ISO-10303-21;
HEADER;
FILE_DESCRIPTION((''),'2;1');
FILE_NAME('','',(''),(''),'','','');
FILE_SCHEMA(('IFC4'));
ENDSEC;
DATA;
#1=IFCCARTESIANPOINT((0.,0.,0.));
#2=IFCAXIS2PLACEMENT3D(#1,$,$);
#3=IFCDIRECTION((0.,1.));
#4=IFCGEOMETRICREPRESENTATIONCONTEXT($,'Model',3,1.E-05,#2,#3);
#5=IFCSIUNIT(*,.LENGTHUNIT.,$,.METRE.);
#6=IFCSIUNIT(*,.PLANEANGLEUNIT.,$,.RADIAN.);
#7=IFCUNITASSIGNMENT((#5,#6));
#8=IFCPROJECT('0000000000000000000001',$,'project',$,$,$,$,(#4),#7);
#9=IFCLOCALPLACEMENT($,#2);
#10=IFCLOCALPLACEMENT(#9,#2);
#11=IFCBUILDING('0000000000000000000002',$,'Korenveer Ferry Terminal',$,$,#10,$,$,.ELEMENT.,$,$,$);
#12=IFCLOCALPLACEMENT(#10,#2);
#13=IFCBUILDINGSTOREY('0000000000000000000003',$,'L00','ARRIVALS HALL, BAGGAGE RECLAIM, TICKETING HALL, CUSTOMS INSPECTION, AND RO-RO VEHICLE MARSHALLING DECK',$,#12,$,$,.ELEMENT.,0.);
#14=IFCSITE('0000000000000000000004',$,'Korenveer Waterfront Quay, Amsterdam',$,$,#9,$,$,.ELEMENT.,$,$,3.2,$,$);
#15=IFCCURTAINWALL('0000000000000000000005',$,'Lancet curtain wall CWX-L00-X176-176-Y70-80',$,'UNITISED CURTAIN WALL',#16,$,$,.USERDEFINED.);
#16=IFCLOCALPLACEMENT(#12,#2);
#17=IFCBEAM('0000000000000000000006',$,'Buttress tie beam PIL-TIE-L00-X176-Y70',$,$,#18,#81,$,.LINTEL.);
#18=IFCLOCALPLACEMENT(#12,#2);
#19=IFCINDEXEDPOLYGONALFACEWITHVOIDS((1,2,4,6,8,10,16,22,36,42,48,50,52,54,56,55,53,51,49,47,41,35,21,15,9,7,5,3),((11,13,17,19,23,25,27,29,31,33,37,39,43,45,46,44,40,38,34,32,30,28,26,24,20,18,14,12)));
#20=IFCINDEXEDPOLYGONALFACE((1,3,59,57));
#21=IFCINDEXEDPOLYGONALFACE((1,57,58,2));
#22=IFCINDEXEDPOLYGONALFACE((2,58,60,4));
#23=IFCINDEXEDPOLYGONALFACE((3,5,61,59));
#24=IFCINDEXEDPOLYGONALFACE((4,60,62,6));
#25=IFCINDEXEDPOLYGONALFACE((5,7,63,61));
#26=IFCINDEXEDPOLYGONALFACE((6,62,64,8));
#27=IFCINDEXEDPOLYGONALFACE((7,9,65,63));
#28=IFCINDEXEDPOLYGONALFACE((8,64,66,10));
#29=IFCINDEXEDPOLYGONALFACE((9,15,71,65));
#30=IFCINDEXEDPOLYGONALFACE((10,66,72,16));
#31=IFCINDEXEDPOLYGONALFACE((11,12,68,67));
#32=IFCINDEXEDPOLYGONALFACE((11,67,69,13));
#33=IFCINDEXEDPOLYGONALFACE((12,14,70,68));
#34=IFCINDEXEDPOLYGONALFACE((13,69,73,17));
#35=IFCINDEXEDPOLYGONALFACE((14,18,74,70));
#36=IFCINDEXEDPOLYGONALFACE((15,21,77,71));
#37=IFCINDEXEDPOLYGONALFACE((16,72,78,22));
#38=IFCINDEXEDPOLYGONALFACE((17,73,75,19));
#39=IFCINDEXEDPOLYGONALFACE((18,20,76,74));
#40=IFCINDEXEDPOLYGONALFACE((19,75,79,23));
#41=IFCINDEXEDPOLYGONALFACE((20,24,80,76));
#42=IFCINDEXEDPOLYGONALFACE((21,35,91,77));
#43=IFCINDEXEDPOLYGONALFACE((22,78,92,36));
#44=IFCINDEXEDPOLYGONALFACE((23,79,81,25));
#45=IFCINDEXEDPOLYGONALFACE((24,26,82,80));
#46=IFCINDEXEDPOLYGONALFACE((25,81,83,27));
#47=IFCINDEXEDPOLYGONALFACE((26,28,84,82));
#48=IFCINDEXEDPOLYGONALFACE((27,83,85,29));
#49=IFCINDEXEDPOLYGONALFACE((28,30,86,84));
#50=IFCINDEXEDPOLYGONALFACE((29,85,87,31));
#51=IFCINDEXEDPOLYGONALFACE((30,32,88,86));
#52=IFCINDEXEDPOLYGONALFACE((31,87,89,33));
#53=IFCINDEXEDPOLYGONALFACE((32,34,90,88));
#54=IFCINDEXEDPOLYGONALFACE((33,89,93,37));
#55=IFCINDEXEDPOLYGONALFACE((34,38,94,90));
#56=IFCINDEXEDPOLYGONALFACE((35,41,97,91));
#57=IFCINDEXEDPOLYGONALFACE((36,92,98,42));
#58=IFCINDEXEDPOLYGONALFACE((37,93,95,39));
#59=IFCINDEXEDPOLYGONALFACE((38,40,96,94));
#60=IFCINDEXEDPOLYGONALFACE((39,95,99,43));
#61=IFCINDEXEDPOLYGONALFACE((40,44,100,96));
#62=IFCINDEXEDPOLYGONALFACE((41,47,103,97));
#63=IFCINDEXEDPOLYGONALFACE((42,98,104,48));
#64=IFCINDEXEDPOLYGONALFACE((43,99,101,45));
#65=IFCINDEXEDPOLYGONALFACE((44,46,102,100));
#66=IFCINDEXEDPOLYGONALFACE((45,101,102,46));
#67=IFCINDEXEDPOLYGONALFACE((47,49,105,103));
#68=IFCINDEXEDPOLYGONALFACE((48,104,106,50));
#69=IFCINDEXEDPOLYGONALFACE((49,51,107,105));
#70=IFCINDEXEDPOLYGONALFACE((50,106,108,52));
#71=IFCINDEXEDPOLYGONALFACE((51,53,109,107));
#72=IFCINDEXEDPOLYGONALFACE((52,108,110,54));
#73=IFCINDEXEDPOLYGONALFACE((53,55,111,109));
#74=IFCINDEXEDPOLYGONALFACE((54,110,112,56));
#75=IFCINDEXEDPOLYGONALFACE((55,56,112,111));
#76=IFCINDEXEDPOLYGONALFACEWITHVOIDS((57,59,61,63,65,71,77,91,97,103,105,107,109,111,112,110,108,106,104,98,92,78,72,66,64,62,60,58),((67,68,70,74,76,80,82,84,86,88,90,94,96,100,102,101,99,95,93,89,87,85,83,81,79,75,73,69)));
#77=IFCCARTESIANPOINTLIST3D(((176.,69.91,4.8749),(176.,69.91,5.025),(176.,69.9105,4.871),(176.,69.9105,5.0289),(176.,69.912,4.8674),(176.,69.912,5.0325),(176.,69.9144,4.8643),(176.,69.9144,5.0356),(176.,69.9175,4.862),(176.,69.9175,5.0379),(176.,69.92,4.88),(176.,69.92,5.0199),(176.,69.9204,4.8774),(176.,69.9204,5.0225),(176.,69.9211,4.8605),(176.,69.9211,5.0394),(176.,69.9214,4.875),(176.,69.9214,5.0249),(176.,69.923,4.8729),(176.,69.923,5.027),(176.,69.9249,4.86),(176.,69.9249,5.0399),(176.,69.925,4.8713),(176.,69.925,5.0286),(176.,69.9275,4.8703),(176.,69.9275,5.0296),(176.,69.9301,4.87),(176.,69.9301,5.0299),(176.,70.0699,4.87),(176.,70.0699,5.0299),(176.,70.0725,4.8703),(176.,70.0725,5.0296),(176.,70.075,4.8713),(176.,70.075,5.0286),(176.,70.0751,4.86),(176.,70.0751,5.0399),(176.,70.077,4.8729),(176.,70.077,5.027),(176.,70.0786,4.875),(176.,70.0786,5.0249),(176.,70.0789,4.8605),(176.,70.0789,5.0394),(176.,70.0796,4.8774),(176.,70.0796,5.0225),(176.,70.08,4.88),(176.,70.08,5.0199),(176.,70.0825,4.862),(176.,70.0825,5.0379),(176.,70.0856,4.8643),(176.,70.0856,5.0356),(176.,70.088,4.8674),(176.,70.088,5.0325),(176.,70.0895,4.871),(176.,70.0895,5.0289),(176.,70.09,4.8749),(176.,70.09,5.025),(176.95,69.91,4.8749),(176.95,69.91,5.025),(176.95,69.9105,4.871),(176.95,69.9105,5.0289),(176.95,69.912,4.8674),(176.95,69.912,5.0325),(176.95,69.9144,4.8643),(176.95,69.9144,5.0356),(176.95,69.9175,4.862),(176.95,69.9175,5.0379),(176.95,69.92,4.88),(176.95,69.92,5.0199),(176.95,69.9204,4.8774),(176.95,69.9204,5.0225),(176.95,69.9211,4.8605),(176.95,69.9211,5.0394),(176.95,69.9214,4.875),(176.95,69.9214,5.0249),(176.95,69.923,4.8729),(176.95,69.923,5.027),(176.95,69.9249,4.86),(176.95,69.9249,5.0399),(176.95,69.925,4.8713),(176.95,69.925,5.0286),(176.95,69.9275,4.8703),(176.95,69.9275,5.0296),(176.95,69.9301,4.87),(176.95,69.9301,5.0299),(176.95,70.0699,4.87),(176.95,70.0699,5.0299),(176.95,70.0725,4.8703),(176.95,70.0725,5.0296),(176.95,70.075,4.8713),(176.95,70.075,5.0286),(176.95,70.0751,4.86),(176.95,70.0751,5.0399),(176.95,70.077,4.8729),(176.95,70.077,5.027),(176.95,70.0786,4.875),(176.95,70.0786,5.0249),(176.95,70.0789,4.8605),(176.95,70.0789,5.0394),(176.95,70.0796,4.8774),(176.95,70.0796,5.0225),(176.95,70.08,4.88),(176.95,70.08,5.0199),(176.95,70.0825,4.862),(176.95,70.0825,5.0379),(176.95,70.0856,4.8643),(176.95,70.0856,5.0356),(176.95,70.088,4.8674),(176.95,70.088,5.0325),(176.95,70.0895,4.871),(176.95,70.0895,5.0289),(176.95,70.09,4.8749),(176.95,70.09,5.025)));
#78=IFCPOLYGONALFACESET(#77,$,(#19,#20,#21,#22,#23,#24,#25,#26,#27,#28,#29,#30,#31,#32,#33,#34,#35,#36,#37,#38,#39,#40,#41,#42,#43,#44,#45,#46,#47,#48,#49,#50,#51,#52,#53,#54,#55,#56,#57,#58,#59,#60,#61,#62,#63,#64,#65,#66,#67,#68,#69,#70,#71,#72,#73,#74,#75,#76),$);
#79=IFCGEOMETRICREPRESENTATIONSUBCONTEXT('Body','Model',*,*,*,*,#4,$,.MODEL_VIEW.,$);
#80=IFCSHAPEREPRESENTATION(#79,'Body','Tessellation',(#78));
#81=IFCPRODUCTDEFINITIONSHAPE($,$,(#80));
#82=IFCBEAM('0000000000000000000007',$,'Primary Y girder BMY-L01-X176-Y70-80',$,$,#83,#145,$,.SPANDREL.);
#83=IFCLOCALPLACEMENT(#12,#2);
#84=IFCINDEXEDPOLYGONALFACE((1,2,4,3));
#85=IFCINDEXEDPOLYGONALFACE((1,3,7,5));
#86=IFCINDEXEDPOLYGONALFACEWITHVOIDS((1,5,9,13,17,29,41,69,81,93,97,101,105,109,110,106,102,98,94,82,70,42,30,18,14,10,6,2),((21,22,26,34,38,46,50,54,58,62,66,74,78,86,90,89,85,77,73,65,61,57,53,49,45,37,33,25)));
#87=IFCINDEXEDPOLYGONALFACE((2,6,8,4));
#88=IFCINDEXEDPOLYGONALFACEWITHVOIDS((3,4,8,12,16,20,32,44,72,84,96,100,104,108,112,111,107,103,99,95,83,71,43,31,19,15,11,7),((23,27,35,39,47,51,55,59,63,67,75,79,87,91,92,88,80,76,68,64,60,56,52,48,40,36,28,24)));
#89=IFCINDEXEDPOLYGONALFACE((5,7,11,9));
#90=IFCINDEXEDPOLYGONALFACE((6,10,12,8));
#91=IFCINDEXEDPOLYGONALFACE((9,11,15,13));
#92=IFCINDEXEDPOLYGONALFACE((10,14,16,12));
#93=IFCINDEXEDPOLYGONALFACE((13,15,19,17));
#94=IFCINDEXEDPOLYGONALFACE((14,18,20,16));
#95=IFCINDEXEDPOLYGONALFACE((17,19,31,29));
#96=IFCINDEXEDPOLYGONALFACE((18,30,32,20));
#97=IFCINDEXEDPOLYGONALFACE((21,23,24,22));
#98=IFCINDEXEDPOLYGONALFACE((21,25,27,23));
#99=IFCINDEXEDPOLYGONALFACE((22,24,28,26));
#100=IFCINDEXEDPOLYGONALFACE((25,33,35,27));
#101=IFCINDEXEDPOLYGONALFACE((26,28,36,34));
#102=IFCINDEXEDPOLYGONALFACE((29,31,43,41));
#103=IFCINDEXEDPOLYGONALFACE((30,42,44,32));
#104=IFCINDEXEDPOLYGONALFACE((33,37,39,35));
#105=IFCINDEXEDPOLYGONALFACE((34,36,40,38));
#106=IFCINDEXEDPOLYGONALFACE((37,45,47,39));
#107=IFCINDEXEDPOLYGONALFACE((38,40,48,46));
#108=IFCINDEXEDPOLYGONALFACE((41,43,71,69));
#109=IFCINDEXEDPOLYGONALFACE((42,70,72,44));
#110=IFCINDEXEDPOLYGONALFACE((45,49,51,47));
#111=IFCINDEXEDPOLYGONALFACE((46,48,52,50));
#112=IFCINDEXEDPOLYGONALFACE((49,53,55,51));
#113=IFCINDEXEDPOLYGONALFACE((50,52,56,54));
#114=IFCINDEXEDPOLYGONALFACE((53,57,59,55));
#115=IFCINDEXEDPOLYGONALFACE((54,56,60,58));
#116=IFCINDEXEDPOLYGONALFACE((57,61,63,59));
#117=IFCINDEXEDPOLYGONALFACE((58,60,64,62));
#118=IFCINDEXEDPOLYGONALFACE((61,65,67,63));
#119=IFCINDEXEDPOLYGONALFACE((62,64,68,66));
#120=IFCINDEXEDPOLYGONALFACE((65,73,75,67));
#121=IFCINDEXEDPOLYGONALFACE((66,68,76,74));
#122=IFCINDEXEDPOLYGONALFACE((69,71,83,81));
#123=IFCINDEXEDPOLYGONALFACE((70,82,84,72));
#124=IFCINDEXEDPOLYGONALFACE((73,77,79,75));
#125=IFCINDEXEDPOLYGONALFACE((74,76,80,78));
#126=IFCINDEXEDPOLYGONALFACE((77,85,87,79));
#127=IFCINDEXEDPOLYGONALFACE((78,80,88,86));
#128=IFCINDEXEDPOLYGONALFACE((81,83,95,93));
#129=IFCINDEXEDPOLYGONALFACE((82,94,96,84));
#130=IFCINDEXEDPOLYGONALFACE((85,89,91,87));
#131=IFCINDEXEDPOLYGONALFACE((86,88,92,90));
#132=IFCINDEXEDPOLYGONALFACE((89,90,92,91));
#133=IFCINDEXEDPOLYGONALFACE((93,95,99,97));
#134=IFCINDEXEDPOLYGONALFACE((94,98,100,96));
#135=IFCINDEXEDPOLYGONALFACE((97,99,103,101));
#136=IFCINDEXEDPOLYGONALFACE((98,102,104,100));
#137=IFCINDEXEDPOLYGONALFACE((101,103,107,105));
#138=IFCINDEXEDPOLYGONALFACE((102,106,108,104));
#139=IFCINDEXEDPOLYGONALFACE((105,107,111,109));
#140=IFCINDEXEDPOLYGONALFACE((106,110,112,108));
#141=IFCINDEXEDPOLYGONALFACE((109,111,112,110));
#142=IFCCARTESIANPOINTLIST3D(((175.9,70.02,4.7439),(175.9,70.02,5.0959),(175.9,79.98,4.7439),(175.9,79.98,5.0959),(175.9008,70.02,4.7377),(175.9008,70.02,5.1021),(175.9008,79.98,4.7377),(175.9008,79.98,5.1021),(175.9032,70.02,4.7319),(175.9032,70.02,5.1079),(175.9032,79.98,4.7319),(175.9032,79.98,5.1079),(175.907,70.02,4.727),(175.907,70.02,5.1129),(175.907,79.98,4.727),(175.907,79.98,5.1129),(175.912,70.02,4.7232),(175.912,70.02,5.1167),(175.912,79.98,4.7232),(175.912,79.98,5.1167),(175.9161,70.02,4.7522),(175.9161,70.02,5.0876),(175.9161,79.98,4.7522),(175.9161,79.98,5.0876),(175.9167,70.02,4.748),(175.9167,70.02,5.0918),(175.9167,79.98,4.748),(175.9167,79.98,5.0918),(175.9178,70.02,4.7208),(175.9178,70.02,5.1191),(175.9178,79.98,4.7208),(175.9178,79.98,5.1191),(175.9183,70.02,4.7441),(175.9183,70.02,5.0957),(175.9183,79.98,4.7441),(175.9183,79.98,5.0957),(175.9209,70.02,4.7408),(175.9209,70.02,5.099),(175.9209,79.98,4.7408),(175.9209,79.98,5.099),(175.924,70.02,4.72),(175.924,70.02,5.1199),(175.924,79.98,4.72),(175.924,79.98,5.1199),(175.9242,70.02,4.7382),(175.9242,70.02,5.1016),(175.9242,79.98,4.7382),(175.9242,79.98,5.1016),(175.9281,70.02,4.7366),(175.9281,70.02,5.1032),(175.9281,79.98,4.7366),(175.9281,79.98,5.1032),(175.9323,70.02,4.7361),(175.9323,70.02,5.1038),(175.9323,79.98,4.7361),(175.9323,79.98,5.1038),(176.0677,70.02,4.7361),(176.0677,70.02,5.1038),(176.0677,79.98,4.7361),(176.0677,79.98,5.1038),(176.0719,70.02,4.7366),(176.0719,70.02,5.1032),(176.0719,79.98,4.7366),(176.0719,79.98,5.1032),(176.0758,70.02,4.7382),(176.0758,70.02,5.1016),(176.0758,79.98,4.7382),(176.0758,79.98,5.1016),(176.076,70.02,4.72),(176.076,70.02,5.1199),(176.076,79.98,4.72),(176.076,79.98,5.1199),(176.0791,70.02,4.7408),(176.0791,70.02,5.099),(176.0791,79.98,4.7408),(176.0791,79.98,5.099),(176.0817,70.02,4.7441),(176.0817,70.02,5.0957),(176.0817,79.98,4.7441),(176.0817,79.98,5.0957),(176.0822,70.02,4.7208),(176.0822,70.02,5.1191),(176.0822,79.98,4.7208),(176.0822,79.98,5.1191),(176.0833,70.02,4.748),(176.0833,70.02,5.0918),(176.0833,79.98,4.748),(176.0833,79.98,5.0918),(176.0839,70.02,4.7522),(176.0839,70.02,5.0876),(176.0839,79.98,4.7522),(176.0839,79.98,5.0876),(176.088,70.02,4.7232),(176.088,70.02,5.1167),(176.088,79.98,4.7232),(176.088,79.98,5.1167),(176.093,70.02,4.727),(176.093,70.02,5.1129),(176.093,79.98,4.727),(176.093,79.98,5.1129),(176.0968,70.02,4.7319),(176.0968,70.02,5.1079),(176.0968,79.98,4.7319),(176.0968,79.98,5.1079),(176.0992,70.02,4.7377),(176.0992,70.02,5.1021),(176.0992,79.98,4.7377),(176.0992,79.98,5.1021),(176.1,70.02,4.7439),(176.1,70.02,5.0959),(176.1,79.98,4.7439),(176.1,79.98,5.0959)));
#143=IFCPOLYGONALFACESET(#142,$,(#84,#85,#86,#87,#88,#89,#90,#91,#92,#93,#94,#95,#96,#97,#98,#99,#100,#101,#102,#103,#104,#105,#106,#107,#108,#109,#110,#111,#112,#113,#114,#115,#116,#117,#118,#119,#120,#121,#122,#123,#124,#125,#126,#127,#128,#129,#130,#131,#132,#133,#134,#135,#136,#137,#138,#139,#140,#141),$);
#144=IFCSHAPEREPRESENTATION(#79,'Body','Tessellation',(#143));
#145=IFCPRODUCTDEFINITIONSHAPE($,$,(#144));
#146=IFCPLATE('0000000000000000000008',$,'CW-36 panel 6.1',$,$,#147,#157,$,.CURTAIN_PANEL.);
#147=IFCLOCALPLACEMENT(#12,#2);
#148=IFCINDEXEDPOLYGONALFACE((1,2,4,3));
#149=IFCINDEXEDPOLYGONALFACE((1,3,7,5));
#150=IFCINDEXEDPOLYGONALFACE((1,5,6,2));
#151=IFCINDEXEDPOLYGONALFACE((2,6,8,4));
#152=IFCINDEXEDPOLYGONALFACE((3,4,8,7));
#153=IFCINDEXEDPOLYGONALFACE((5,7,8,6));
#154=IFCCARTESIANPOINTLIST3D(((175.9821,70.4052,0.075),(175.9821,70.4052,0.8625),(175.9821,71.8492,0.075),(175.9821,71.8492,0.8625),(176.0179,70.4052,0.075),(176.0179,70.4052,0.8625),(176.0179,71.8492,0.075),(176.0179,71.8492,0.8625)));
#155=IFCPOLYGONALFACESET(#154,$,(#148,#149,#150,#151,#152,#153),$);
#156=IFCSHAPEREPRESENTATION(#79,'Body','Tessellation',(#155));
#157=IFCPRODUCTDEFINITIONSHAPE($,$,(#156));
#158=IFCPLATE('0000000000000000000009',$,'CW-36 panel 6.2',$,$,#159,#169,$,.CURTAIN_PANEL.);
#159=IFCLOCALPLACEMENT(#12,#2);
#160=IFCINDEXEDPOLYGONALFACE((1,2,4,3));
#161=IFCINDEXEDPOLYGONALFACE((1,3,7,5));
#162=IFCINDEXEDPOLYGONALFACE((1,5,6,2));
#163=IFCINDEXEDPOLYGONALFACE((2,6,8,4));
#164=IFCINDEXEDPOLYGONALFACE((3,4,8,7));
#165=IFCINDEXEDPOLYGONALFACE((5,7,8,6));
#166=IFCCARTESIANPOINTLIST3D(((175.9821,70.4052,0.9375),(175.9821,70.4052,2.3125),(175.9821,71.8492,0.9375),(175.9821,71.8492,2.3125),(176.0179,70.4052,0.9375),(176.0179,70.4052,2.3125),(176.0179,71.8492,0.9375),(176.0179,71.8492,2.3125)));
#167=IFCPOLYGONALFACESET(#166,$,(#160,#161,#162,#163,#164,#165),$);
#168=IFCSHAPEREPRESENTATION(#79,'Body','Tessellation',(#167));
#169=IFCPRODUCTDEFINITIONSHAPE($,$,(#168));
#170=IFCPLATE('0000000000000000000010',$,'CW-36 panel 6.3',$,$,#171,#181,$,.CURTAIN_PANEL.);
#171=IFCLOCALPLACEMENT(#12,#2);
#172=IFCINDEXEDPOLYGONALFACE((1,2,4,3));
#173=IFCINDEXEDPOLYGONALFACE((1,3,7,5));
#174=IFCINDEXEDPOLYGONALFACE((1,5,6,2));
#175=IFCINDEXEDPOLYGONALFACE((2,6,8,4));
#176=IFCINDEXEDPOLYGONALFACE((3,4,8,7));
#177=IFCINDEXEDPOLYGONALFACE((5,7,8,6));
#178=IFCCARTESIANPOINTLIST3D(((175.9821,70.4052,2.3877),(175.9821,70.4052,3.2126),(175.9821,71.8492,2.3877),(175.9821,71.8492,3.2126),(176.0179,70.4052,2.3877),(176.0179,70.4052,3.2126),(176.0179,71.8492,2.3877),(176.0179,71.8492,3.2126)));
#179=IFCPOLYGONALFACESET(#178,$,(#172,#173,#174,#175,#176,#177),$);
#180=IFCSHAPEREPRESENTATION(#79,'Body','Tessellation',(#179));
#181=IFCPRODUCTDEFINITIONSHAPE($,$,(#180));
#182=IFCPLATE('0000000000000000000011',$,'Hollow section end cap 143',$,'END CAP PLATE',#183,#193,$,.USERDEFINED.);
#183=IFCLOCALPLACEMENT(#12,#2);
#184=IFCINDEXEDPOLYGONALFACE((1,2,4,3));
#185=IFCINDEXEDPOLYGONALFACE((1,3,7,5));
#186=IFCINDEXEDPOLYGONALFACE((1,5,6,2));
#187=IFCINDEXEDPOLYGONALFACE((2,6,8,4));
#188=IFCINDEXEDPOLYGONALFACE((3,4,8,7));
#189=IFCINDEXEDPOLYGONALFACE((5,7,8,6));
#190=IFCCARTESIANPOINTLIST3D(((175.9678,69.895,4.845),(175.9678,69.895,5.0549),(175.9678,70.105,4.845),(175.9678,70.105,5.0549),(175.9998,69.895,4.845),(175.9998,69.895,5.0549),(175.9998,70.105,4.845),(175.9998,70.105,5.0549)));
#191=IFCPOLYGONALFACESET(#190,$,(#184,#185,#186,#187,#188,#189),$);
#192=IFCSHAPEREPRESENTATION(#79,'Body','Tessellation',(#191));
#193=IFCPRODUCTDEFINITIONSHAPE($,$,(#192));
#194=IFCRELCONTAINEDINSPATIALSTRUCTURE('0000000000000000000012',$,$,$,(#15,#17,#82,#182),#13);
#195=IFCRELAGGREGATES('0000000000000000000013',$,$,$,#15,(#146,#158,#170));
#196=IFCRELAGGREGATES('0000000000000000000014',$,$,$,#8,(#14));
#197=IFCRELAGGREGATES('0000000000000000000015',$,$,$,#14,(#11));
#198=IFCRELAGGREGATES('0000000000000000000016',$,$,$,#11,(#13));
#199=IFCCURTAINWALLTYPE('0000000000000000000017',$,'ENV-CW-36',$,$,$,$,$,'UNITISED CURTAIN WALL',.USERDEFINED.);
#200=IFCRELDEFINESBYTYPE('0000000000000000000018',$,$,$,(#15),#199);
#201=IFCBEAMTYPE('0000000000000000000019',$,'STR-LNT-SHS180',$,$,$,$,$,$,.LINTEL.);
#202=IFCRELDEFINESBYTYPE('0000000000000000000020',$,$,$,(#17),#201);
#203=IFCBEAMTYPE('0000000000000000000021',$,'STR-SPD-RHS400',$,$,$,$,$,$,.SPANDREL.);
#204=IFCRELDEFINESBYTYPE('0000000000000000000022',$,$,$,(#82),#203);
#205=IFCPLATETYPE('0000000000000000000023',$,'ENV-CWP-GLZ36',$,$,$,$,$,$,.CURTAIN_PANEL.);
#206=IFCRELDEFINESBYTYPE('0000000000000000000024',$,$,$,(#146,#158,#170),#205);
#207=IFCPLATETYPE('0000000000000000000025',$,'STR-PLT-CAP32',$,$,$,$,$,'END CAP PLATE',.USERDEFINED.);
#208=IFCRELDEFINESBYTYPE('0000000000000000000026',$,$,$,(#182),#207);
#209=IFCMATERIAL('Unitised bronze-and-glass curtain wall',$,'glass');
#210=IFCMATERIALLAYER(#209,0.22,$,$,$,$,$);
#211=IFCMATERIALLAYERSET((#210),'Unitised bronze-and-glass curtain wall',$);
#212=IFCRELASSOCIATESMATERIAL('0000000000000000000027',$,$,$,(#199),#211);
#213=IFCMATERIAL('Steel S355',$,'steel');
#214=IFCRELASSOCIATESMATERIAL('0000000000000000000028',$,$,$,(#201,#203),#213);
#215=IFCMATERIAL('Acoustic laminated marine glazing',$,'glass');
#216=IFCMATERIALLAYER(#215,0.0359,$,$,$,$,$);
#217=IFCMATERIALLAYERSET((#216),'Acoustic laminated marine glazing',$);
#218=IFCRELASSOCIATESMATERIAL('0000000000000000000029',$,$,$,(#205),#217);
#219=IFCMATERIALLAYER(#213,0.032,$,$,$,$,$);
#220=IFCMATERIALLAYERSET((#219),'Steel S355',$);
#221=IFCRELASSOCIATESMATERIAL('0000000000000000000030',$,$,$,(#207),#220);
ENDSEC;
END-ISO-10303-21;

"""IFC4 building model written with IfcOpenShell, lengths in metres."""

from ifc_helpers import new_model, si_unit, direction, frame, origin, origin_2d, place, context, subcontext, project, spatial, rectangle, hollow_rectangle, extrude, material, layer, layer_set, material_profile, profile_set, type_object, element, aggregate, save


model = new_model("IFC4")

# Units and contexts
model_context = context("Model", 3, precision=1e-05, world=origin(), true_north=direction((0.0, 1.0)))
body_context = subcontext(model_context, "Body", "Model", "MODEL_VIEW")
ifc_project = project(units=[si_unit("LENGTHUNIT", "METRE"), si_unit("PLANEANGLEUNIT", "RADIAN")], contexts=[model_context])

# Site, building, storey
site_placement = place(None, origin())
site = spatial("IfcSite", under=ifc_project, at=site_placement, Name="Korenveer Waterfront Quay, Amsterdam", CompositionType="ELEMENT", RefElevation=3.2)
building_placement = place(site_placement, origin())
building = spatial("IfcBuilding", under=site, at=building_placement, Name="Korenveer Ferry Terminal", CompositionType="ELEMENT")
storey_placement = place(building_placement, origin())
storey = spatial("IfcBuildingStorey", under=building, at=storey_placement, Name="L00", Description="ARRIVALS HALL, BAGGAGE RECLAIM, TICKETING HALL, CUSTOMS INSPECTION, AND RO-RO VEHICLE MARSHALLING DECK", CompositionType="ELEMENT", Elevation=0.0)

# Curtain wall
ifc_material_1 = material(Name="Unitised bronze-and-glass curtain wall", Category="glass")
ifc_layer_1 = layer(ifc_material_1, 0.22)
ifc_layer_set_1 = layer_set([ifc_layer_1], Name="Unitised bronze-and-glass curtain wall")
curtain_wall_type = type_object("IfcCurtainWallType", Name="ENV-CW-36", ElementType="UNITISED CURTAIN WALL", PredefinedType="USERDEFINED", material=ifc_layer_set_1)
curtain_wall_placement = place(storey_placement, frame((176.0, 79.6699, 0.0)))
curtain_wall = element("IfcCurtainWall", 1, at=curtain_wall_placement, inside=storey, type_object=curtain_wall_type, Name="Lancet curtain wall CWX-L00-X176-176-Y70-80", ObjectType="UNITISED CURTAIN WALL", PredefinedType="USERDEFINED")

# Beams
ifc_material_2 = material(Name="Steel S355", Category="steel")
ifc_material_profile_1 = material_profile(ifc_material_2, hollow_rectangle(XDim=0.1799, YDim=0.1799, WallThickness=0.01, InnerFilletRadius=0.01, OuterFilletRadius=0.0149, at=origin_2d()), Name="SHS 180x180x10")
ifc_profile_set_1 = profile_set([ifc_material_profile_1], Name="Steel S355")
beam_type_1 = type_object("IfcBeamType", Name="STR-LNT-SHS180", PredefinedType="LINTEL", material=ifc_profile_set_1)
beam_1_placement = place(storey_placement, frame((176.0, 70.0, 4.95), z_axis=(1.0, 0.0, 0.0), x_axis=(0.0, 1.0, 0.0)))
element("IfcBeam", 2, at=beam_1_placement, inside=storey, type_object=beam_type_1, Name="Buttress tie beam PIL-TIE-L00-X176-Y70", PredefinedType="LINTEL", context=body_context, shape_type="SweptSolid", body=[
    extrude(hollow_rectangle(XDim=0.1799, YDim=0.1799, WallThickness=0.01, InnerFilletRadius=0.01, OuterFilletRadius=0.0149, at=origin_2d()), origin(), (0.0, 0.0, 1.0), 0.95),
])
ifc_material_profile_2 = material_profile(ifc_material_2, hollow_rectangle(XDim=0.2, YDim=0.3999, WallThickness=0.0161, InnerFilletRadius=0.0161, OuterFilletRadius=0.0239, at=origin_2d()), Name="RHS 400x200x16")
ifc_profile_set_2 = profile_set([ifc_material_profile_2], Name="Steel S355")
beam_type_2 = type_object("IfcBeamType", Name="STR-SPD-RHS400", PredefinedType="SPANDREL", material=ifc_profile_set_2)
beam_2_placement = place(storey_placement, frame((176.0, 70.02, 4.9199), z_axis=(0.0, 1.0, 0.0), x_axis=(-1.0, 0.0, 0.0)))
element("IfcBeam", 3, at=beam_2_placement, inside=storey, type_object=beam_type_2, Name="Primary Y girder BMY-L01-X176-Y70-80", PredefinedType="SPANDREL", context=body_context, shape_type="SweptSolid", body=[
    extrude(hollow_rectangle(XDim=0.2, YDim=0.3999, WallThickness=0.0161, InnerFilletRadius=0.0161, OuterFilletRadius=0.0239, at=origin_2d()), origin(), (0.0, 0.0, 1.0), 9.96),
])

# Plates
ifc_material_3 = material(Name="Acoustic laminated marine glazing", Category="glass")
ifc_layer_2 = layer(ifc_material_3, 0.0359)
ifc_layer_set_2 = layer_set([ifc_layer_2], Name="Acoustic laminated marine glazing")
plate_type_1 = type_object("IfcPlateType", Name="ENV-CWP-GLZ36", PredefinedType="CURTAIN_PANEL", material=ifc_layer_set_2)
plate_1_placement = place(storey_placement, frame((176.0, 71.1272, 0.075), z_axis=(0.0, 0.0, 1.0), x_axis=(0.0, -1.0, 0.0)))
plate_1 = element("IfcPlate", 4, at=plate_1_placement, type_object=plate_type_1, Name="CW-36 panel 6.1", PredefinedType="CURTAIN_PANEL", context=body_context, shape_type="SweptSolid", body=[
    extrude(rectangle(XDim=1.4441, YDim=0.0359, at=origin_2d()), origin(), (0.0, 0.0, 1.0), 0.7876),
])
plate_2_placement = place(storey_placement, frame((176.0, 71.1272, 0.9375), z_axis=(0.0, 0.0, 1.0), x_axis=(0.0, -1.0, 0.0)))
plate_2 = element("IfcPlate", 5, at=plate_2_placement, type_object=plate_type_1, Name="CW-36 panel 6.2", PredefinedType="CURTAIN_PANEL", context=body_context, shape_type="SweptSolid", body=[
    extrude(rectangle(XDim=1.4441, YDim=0.0359, at=origin_2d()), origin(), (0.0, 0.0, 1.0), 1.375),
])
plate_3_placement = place(storey_placement, frame((176.0, 71.1272, 2.3877), z_axis=(0.0, 0.0, 1.0), x_axis=(0.0, -1.0, 0.0)))
plate_3 = element("IfcPlate", 6, at=plate_3_placement, type_object=plate_type_1, Name="CW-36 panel 6.3", PredefinedType="CURTAIN_PANEL", context=body_context, shape_type="SweptSolid", body=[
    extrude(rectangle(XDim=1.4441, YDim=0.0359, at=origin_2d()), origin(), (0.0, 0.0, 1.0), 0.825),
])
aggregate(curtain_wall, [plate_1, plate_2, plate_3])

# Plate
ifc_layer_3 = layer(ifc_material_2, 0.032)
ifc_layer_set_3 = layer_set([ifc_layer_3], Name="Steel S355")
plate_type_2 = type_object("IfcPlateType", Name="STR-PLT-CAP32", ElementType="END CAP PLATE", PredefinedType="USERDEFINED", material=ifc_layer_set_3)
for number, where, z_axis, x_axis, name in (
    (7, (175.9678, 70.0, 4.95), (1.0, 0.0, 0.0), (0.0, 1.0, 0.0), "Hollow section end cap 143"),
):
    element("IfcPlate", number, at=place(storey_placement, frame(where, z_axis=z_axis, x_axis=x_axis)), inside=storey, type_object=plate_type_2, Name=name, ObjectType="END CAP PLATE", PredefinedType="USERDEFINED", context=body_context, shape_type="SweptSolid", body=[
        extrude(rectangle(XDim=0.21, YDim=0.21, at=origin_2d()), origin(), (0.0, 0.0, 1.0), 0.032),
    ])

save(model, "model.ifc")
